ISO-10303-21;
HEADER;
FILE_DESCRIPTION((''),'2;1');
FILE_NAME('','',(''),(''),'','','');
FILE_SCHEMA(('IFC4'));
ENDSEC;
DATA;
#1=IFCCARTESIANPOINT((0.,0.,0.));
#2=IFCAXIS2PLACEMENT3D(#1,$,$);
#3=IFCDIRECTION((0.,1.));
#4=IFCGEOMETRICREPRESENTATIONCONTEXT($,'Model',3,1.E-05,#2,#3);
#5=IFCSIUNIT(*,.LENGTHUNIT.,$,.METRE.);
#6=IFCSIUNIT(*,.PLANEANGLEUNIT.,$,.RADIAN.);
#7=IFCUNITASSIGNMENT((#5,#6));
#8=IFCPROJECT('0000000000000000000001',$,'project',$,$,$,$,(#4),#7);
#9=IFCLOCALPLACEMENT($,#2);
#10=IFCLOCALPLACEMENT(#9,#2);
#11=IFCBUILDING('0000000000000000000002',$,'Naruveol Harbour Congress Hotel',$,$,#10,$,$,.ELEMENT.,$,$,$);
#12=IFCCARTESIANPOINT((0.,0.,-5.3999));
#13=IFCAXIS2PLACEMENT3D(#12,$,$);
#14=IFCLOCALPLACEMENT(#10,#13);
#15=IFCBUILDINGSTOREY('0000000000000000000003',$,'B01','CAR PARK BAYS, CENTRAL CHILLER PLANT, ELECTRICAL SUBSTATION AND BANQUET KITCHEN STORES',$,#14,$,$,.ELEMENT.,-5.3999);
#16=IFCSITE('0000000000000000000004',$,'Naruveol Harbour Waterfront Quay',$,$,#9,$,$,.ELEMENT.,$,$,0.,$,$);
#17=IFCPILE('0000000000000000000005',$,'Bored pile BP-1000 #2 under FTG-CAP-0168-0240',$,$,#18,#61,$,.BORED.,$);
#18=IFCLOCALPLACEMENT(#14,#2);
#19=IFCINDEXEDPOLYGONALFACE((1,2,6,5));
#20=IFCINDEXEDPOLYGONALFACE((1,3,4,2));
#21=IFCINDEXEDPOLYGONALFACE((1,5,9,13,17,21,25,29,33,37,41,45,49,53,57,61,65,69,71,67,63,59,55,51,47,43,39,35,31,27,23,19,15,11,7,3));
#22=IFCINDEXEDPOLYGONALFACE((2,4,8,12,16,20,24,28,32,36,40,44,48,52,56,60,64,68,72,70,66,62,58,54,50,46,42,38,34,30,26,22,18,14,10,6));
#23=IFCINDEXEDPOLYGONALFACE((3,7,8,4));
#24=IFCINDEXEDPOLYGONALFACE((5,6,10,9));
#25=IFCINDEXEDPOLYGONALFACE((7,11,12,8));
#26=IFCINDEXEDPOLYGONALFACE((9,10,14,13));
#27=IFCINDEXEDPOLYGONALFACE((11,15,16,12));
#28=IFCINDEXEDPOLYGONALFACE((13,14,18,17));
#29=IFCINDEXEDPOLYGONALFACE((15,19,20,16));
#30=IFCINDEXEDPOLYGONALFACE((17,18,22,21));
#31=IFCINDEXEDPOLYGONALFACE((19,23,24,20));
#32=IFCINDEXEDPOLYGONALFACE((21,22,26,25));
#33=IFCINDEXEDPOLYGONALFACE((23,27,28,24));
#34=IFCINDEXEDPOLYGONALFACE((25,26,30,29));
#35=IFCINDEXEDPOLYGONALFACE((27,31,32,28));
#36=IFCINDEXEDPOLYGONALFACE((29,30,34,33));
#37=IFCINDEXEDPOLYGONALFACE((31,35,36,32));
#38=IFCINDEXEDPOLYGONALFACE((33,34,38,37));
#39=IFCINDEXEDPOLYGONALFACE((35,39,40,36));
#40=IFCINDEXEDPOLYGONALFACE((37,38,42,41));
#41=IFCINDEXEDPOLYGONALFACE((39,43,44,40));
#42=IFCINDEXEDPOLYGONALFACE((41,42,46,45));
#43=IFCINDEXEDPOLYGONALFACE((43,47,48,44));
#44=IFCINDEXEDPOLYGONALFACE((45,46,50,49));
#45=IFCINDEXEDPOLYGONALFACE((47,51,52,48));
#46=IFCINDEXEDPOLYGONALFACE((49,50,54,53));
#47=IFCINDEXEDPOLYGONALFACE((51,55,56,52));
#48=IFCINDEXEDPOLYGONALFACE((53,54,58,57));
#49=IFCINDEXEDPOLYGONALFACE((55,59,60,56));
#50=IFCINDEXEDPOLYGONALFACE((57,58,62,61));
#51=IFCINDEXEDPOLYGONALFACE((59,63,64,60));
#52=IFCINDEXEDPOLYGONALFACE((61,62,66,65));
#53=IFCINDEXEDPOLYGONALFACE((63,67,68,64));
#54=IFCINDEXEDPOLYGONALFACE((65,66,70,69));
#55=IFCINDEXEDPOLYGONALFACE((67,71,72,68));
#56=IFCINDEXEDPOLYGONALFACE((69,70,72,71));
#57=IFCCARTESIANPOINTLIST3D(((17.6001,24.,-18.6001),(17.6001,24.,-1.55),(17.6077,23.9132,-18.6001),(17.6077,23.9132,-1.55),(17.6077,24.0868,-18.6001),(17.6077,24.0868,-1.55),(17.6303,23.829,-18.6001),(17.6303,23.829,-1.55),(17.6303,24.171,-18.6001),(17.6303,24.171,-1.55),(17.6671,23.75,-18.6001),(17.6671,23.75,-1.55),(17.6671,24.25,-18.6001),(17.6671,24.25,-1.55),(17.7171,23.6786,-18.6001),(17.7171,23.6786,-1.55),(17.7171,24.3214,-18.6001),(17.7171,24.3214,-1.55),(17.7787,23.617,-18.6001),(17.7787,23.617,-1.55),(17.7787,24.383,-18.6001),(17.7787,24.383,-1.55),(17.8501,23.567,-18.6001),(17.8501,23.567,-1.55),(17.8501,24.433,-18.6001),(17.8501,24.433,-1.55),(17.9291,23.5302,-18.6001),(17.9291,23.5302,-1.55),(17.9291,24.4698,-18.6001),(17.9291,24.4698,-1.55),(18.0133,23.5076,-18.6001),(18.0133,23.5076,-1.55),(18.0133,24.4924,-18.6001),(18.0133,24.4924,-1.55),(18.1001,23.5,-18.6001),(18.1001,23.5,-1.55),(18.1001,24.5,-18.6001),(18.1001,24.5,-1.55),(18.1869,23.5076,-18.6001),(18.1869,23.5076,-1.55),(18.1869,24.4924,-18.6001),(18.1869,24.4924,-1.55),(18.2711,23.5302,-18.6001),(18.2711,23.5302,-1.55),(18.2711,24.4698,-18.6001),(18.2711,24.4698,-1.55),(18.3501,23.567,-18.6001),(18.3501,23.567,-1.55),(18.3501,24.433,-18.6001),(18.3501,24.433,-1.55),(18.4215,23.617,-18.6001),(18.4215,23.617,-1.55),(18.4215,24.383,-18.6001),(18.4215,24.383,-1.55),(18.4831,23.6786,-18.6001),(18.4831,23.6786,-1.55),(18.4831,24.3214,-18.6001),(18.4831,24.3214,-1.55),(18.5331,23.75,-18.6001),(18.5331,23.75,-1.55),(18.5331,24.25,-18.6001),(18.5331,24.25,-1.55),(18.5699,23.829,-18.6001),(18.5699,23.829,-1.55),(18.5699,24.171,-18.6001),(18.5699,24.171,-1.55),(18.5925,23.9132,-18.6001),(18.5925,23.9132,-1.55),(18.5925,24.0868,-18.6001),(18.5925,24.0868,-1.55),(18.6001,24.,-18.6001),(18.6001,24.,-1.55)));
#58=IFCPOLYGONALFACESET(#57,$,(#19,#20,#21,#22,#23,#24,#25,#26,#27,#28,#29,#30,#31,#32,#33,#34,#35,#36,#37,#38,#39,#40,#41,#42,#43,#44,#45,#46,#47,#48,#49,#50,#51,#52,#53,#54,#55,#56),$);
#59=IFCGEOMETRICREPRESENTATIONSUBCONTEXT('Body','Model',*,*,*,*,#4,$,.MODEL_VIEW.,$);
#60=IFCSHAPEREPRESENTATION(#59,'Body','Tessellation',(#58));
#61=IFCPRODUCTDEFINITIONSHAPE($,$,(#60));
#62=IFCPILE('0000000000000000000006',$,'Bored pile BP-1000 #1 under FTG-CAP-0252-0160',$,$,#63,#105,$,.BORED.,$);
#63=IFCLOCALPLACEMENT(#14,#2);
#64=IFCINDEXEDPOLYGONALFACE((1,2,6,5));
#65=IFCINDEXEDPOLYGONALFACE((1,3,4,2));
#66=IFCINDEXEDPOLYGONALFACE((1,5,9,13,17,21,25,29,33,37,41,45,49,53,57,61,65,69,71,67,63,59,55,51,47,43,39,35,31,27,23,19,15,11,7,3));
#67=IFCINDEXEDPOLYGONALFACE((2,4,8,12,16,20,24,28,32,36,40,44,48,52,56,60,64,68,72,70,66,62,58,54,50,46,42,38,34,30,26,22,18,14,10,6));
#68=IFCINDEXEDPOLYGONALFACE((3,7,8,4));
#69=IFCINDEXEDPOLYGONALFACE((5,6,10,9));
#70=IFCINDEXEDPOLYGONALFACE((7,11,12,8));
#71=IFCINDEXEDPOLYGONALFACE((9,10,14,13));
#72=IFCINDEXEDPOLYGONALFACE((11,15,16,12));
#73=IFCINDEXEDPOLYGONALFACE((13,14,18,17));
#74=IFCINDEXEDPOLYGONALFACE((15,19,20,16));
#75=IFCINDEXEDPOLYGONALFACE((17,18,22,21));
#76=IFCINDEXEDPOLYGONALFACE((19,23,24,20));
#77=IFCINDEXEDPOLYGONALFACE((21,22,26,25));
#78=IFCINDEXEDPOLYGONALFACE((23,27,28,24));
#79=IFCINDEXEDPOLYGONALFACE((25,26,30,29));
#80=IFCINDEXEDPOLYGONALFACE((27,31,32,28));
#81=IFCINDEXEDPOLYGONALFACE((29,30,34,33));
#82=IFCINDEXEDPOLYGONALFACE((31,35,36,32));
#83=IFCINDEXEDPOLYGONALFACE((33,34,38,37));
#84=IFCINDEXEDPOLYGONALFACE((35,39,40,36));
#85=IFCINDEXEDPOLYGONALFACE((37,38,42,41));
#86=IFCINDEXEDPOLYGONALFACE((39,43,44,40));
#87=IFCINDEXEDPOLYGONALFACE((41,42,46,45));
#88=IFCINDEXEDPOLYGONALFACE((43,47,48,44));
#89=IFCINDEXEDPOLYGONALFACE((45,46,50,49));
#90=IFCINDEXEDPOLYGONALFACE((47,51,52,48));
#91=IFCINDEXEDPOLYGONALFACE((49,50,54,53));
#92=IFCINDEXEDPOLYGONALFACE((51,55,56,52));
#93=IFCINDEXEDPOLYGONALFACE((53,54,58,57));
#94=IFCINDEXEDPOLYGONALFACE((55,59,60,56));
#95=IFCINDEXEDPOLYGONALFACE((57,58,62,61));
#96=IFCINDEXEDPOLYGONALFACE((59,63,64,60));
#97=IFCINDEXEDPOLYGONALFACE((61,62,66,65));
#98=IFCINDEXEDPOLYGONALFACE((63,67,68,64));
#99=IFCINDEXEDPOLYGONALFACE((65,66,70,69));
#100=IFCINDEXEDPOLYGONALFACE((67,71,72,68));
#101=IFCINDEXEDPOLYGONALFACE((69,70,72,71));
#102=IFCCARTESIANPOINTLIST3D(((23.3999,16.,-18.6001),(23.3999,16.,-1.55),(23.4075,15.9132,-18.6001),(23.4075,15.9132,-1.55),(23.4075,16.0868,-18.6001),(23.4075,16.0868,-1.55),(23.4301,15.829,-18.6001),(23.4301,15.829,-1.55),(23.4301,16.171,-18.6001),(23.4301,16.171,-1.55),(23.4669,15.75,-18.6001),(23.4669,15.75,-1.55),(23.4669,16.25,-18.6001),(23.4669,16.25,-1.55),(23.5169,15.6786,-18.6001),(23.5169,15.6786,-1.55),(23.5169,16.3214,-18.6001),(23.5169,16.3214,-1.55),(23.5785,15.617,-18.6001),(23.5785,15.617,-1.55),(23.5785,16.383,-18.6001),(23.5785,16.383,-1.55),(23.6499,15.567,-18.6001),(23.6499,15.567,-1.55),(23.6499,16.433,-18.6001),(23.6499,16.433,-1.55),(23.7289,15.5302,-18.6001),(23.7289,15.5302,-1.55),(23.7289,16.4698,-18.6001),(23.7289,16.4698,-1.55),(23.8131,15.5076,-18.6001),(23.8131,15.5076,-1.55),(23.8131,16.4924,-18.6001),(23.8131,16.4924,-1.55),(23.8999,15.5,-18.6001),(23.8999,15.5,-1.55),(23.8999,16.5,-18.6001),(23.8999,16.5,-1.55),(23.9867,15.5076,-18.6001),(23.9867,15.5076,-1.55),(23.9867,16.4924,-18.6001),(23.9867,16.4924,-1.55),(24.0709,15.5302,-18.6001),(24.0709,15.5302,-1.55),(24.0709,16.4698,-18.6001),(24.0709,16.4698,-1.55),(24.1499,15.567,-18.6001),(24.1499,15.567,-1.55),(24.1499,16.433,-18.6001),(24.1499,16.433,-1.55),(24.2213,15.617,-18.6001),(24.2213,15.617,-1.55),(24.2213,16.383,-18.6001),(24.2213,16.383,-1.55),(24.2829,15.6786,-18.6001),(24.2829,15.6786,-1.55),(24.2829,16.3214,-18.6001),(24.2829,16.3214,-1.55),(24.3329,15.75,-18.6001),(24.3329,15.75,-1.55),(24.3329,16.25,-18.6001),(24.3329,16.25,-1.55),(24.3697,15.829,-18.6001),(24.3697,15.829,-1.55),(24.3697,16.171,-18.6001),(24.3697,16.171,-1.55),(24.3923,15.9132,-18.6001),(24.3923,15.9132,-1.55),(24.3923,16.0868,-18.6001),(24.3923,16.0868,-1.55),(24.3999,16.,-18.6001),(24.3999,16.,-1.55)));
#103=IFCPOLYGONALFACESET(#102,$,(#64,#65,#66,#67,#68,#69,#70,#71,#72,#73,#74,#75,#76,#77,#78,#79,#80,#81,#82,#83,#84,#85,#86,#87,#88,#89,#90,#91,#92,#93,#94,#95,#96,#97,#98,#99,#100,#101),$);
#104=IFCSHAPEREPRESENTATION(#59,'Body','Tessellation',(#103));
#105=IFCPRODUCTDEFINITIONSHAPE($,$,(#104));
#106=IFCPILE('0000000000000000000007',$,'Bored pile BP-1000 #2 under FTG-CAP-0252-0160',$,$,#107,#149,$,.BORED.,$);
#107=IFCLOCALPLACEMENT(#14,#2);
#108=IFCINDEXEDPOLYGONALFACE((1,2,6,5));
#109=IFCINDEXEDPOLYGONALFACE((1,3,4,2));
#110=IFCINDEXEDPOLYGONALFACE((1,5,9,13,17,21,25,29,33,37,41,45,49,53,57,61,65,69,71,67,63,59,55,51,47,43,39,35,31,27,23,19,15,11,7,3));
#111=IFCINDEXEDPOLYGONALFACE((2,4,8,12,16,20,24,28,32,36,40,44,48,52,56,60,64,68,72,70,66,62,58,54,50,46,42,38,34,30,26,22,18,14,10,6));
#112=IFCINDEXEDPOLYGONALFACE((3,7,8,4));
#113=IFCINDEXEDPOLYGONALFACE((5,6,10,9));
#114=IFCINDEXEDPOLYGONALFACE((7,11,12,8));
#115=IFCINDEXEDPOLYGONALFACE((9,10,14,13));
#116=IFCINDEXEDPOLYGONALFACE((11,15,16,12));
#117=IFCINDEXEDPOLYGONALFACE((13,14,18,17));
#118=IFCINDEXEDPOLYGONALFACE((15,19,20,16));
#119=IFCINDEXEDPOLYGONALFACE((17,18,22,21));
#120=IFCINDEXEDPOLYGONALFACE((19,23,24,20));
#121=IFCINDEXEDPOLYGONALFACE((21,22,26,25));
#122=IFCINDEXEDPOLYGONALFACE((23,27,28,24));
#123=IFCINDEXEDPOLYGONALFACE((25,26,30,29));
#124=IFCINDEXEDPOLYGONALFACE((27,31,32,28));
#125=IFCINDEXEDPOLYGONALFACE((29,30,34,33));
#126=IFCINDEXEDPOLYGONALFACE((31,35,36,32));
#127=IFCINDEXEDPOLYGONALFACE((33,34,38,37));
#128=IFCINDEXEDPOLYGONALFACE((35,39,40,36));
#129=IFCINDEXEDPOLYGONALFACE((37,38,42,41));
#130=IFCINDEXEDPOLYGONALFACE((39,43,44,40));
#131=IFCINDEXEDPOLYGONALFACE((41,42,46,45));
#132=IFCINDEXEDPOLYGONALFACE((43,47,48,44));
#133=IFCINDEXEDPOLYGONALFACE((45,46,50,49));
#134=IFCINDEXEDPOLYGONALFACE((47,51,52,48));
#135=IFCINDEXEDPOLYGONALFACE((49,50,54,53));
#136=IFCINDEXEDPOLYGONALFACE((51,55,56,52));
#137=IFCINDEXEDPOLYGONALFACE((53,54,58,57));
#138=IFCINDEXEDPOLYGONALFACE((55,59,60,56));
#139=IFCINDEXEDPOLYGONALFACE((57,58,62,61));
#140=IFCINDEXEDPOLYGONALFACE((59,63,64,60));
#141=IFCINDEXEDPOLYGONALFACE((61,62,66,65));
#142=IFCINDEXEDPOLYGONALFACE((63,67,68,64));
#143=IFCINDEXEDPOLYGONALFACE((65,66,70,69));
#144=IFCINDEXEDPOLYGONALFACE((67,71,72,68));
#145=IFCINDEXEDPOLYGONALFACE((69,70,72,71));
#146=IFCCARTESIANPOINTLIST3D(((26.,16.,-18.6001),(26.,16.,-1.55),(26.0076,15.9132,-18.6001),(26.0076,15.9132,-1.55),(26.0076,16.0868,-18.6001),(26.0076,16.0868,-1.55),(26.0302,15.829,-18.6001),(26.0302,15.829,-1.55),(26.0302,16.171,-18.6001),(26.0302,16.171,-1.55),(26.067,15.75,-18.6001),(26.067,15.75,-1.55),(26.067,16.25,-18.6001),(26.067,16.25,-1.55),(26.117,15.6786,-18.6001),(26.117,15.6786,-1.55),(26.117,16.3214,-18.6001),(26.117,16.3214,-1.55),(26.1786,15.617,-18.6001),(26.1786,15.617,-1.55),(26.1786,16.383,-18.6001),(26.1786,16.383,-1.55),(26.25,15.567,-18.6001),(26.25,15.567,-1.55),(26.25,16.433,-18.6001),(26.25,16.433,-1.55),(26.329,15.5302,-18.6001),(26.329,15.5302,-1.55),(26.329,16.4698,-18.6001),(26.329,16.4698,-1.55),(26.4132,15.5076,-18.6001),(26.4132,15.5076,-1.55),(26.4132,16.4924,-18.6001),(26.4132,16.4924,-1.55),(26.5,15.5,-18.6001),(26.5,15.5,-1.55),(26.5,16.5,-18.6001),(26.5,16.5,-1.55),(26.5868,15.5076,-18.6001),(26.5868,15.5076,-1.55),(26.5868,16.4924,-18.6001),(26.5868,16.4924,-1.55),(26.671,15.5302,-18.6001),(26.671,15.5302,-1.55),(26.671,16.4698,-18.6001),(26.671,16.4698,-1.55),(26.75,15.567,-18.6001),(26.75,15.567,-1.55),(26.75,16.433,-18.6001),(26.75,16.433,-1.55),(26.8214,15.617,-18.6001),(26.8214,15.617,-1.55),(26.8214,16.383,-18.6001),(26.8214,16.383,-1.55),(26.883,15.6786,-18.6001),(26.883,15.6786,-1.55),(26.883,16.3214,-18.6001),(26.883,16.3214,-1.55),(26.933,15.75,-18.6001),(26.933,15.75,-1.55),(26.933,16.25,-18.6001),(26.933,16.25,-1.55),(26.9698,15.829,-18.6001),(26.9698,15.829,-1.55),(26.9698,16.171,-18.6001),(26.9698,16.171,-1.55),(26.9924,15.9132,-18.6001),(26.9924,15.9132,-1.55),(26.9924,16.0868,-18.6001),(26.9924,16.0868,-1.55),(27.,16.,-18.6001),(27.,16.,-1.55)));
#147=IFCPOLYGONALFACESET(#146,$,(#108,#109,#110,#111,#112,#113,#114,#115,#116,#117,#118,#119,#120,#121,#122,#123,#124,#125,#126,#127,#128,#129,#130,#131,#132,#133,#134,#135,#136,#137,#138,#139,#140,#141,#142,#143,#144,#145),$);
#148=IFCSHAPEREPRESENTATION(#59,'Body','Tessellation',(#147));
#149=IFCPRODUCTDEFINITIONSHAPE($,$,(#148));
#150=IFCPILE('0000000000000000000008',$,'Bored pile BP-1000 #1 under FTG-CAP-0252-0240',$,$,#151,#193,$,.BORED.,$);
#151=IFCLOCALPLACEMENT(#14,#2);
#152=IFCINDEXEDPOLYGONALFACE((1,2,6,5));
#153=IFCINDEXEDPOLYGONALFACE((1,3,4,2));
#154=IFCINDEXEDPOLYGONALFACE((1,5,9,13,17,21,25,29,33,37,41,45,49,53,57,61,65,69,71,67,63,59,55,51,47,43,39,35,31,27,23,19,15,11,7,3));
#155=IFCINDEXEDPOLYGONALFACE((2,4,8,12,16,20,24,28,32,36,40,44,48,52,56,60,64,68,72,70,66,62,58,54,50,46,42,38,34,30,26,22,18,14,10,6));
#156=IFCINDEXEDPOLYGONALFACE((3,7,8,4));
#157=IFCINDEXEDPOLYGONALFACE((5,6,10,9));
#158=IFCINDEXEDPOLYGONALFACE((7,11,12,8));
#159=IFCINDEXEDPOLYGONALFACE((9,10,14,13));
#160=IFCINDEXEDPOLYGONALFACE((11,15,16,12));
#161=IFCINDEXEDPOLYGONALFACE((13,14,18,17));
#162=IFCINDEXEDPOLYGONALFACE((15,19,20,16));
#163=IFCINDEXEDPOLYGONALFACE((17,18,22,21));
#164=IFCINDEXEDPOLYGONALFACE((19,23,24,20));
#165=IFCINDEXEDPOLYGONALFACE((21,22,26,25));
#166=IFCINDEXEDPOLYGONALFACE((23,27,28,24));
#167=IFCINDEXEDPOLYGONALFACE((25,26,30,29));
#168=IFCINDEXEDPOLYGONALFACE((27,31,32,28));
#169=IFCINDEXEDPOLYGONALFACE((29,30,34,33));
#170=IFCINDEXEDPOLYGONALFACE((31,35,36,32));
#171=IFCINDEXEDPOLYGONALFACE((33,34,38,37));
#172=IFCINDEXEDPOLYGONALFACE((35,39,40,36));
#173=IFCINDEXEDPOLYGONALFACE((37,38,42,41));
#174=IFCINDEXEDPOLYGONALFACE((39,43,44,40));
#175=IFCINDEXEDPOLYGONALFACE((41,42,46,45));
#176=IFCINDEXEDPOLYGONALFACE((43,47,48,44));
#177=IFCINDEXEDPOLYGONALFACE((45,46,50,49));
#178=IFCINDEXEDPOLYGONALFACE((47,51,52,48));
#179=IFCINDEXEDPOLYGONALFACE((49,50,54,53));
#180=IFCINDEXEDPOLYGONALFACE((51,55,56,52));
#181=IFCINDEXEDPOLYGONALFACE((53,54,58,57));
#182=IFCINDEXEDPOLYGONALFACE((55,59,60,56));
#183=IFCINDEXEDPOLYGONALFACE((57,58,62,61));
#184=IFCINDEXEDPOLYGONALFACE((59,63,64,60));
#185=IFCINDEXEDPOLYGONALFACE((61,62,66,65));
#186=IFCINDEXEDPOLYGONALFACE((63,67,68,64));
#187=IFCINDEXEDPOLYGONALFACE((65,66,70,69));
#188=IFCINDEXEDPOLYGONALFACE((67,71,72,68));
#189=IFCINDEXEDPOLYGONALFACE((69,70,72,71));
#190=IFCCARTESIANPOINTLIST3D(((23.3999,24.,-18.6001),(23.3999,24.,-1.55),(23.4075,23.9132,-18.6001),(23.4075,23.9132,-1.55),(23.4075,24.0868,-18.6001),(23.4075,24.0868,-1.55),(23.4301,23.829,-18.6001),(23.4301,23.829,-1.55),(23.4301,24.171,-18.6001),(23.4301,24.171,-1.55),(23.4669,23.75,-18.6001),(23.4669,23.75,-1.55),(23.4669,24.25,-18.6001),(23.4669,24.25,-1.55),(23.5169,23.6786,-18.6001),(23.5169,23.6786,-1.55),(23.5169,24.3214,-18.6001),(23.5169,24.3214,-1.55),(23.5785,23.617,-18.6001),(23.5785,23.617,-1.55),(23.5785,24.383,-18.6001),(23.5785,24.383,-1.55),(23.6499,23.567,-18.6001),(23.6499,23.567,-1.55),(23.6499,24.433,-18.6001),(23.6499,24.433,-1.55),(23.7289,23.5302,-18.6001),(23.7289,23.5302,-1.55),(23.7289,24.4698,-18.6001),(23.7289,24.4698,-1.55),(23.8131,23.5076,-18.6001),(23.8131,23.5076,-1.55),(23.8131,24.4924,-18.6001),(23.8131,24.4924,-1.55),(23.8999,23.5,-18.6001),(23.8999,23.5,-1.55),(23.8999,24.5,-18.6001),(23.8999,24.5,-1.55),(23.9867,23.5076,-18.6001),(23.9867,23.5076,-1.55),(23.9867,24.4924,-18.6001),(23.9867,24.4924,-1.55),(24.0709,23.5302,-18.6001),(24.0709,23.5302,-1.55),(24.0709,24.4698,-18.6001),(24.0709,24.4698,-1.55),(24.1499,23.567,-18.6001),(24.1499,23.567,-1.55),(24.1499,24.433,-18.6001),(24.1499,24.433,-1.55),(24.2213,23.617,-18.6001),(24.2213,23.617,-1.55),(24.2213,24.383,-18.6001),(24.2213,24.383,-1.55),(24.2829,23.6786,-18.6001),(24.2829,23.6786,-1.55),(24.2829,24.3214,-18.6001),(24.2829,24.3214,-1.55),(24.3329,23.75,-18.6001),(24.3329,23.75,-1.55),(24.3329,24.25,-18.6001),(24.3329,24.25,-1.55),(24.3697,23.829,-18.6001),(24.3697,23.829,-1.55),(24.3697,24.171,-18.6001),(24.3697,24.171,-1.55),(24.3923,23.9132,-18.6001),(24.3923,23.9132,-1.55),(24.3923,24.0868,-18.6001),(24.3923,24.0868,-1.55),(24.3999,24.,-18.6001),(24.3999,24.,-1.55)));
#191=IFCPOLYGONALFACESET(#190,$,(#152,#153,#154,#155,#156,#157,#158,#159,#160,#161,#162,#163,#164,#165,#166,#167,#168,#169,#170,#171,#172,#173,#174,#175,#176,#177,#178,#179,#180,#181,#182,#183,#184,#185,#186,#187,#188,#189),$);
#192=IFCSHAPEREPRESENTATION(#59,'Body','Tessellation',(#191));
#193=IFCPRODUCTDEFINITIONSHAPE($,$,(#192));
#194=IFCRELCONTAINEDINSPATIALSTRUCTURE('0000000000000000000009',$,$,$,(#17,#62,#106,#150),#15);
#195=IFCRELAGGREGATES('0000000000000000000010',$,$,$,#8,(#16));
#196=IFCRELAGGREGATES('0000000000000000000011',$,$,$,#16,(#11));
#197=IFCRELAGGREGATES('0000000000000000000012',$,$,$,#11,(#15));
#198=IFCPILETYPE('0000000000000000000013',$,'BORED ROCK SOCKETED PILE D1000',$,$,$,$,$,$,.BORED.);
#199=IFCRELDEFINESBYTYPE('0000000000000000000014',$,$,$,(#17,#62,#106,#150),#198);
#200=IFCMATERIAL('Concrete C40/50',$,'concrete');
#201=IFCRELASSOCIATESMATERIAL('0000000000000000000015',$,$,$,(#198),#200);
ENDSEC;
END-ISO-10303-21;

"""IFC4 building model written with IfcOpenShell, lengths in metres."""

from ifc_helpers import new_model, si_unit, direction, frame, origin, origin_2d, place, context, subcontext, project, spatial, circle, extrude, material, material_profile, profile_set, type_object, element, save


model = new_model("IFC4")

# Units and contexts
model_context = context("Model", 3, precision=1e-05, world=origin(), true_north=direction((0.0, 1.0)))
body_context = subcontext(model_context, "Body", "Model", "MODEL_VIEW")
ifc_project = project(units=[si_unit("LENGTHUNIT", "METRE"), si_unit("PLANEANGLEUNIT", "RADIAN")], contexts=[model_context])

# Site, building, storey
site_placement = place(None, origin())
site = spatial("IfcSite", under=ifc_project, at=site_placement, Name="Naruveol Harbour Waterfront Quay", CompositionType="ELEMENT", RefElevation=0.0)
building_placement = place(site_placement, origin())
building = spatial("IfcBuilding", under=site, at=building_placement, Name="Naruveol Harbour Congress Hotel", CompositionType="ELEMENT")
storey_placement = place(building_placement, frame((0.0, 0.0, -5.3999)))
storey = spatial("IfcBuildingStorey", under=building, at=storey_placement, Name="B01", Description="CAR PARK BAYS, CENTRAL CHILLER PLANT, ELECTRICAL SUBSTATION AND BANQUET KITCHEN STORES", CompositionType="ELEMENT", Elevation=-5.3999)

# Piles
ifc_material_1 = material(Name="Concrete C40/50", Category="concrete")
ifc_material_profile_1 = material_profile(ifc_material_1, circle(Radius=0.5, at=origin_2d()), Name="BP-1000")
ifc_profile_set_1 = profile_set([ifc_material_profile_1], Name="Concrete C40/50")
pile_type = type_object("IfcPileType", Name="BORED ROCK SOCKETED PILE D1000", PredefinedType="BORED", material=ifc_profile_set_1)
for number, where, z_axis, x_axis, name in (
    (1, (18.1001, 24.0, -1.55), (0.0, 0.0, -1.0), (1.0, 0.0, 0.0), "Bored pile BP-1000 #2 under FTG-CAP-0168-0240"),
    (2, (23.8999, 16.0, -1.55), (0.0, 0.0, -1.0), (1.0, 0.0, 0.0), "Bored pile BP-1000 #1 under FTG-CAP-0252-0160"),
    (3, (26.5, 16.0, -1.55), (0.0, 0.0, -1.0), (1.0, 0.0, 0.0), "Bored pile BP-1000 #2 under FTG-CAP-0252-0160"),
    (4, (23.8999, 24.0, -1.55), (0.0, 0.0, -1.0), (1.0, 0.0, 0.0), "Bored pile BP-1000 #1 under FTG-CAP-0252-0240"),
):
    element("IfcPile", number, at=place(storey_placement, frame(where, z_axis=z_axis, x_axis=x_axis)), inside=storey, type_object=pile_type, Name=name, PredefinedType="BORED", context=body_context, shape_type="SweptSolid", body=[
        extrude(circle(Radius=0.5, at=origin_2d()), origin(), (0.0, 0.0, 1.0), 17.05),
    ])

save(model, "model.ifc")
